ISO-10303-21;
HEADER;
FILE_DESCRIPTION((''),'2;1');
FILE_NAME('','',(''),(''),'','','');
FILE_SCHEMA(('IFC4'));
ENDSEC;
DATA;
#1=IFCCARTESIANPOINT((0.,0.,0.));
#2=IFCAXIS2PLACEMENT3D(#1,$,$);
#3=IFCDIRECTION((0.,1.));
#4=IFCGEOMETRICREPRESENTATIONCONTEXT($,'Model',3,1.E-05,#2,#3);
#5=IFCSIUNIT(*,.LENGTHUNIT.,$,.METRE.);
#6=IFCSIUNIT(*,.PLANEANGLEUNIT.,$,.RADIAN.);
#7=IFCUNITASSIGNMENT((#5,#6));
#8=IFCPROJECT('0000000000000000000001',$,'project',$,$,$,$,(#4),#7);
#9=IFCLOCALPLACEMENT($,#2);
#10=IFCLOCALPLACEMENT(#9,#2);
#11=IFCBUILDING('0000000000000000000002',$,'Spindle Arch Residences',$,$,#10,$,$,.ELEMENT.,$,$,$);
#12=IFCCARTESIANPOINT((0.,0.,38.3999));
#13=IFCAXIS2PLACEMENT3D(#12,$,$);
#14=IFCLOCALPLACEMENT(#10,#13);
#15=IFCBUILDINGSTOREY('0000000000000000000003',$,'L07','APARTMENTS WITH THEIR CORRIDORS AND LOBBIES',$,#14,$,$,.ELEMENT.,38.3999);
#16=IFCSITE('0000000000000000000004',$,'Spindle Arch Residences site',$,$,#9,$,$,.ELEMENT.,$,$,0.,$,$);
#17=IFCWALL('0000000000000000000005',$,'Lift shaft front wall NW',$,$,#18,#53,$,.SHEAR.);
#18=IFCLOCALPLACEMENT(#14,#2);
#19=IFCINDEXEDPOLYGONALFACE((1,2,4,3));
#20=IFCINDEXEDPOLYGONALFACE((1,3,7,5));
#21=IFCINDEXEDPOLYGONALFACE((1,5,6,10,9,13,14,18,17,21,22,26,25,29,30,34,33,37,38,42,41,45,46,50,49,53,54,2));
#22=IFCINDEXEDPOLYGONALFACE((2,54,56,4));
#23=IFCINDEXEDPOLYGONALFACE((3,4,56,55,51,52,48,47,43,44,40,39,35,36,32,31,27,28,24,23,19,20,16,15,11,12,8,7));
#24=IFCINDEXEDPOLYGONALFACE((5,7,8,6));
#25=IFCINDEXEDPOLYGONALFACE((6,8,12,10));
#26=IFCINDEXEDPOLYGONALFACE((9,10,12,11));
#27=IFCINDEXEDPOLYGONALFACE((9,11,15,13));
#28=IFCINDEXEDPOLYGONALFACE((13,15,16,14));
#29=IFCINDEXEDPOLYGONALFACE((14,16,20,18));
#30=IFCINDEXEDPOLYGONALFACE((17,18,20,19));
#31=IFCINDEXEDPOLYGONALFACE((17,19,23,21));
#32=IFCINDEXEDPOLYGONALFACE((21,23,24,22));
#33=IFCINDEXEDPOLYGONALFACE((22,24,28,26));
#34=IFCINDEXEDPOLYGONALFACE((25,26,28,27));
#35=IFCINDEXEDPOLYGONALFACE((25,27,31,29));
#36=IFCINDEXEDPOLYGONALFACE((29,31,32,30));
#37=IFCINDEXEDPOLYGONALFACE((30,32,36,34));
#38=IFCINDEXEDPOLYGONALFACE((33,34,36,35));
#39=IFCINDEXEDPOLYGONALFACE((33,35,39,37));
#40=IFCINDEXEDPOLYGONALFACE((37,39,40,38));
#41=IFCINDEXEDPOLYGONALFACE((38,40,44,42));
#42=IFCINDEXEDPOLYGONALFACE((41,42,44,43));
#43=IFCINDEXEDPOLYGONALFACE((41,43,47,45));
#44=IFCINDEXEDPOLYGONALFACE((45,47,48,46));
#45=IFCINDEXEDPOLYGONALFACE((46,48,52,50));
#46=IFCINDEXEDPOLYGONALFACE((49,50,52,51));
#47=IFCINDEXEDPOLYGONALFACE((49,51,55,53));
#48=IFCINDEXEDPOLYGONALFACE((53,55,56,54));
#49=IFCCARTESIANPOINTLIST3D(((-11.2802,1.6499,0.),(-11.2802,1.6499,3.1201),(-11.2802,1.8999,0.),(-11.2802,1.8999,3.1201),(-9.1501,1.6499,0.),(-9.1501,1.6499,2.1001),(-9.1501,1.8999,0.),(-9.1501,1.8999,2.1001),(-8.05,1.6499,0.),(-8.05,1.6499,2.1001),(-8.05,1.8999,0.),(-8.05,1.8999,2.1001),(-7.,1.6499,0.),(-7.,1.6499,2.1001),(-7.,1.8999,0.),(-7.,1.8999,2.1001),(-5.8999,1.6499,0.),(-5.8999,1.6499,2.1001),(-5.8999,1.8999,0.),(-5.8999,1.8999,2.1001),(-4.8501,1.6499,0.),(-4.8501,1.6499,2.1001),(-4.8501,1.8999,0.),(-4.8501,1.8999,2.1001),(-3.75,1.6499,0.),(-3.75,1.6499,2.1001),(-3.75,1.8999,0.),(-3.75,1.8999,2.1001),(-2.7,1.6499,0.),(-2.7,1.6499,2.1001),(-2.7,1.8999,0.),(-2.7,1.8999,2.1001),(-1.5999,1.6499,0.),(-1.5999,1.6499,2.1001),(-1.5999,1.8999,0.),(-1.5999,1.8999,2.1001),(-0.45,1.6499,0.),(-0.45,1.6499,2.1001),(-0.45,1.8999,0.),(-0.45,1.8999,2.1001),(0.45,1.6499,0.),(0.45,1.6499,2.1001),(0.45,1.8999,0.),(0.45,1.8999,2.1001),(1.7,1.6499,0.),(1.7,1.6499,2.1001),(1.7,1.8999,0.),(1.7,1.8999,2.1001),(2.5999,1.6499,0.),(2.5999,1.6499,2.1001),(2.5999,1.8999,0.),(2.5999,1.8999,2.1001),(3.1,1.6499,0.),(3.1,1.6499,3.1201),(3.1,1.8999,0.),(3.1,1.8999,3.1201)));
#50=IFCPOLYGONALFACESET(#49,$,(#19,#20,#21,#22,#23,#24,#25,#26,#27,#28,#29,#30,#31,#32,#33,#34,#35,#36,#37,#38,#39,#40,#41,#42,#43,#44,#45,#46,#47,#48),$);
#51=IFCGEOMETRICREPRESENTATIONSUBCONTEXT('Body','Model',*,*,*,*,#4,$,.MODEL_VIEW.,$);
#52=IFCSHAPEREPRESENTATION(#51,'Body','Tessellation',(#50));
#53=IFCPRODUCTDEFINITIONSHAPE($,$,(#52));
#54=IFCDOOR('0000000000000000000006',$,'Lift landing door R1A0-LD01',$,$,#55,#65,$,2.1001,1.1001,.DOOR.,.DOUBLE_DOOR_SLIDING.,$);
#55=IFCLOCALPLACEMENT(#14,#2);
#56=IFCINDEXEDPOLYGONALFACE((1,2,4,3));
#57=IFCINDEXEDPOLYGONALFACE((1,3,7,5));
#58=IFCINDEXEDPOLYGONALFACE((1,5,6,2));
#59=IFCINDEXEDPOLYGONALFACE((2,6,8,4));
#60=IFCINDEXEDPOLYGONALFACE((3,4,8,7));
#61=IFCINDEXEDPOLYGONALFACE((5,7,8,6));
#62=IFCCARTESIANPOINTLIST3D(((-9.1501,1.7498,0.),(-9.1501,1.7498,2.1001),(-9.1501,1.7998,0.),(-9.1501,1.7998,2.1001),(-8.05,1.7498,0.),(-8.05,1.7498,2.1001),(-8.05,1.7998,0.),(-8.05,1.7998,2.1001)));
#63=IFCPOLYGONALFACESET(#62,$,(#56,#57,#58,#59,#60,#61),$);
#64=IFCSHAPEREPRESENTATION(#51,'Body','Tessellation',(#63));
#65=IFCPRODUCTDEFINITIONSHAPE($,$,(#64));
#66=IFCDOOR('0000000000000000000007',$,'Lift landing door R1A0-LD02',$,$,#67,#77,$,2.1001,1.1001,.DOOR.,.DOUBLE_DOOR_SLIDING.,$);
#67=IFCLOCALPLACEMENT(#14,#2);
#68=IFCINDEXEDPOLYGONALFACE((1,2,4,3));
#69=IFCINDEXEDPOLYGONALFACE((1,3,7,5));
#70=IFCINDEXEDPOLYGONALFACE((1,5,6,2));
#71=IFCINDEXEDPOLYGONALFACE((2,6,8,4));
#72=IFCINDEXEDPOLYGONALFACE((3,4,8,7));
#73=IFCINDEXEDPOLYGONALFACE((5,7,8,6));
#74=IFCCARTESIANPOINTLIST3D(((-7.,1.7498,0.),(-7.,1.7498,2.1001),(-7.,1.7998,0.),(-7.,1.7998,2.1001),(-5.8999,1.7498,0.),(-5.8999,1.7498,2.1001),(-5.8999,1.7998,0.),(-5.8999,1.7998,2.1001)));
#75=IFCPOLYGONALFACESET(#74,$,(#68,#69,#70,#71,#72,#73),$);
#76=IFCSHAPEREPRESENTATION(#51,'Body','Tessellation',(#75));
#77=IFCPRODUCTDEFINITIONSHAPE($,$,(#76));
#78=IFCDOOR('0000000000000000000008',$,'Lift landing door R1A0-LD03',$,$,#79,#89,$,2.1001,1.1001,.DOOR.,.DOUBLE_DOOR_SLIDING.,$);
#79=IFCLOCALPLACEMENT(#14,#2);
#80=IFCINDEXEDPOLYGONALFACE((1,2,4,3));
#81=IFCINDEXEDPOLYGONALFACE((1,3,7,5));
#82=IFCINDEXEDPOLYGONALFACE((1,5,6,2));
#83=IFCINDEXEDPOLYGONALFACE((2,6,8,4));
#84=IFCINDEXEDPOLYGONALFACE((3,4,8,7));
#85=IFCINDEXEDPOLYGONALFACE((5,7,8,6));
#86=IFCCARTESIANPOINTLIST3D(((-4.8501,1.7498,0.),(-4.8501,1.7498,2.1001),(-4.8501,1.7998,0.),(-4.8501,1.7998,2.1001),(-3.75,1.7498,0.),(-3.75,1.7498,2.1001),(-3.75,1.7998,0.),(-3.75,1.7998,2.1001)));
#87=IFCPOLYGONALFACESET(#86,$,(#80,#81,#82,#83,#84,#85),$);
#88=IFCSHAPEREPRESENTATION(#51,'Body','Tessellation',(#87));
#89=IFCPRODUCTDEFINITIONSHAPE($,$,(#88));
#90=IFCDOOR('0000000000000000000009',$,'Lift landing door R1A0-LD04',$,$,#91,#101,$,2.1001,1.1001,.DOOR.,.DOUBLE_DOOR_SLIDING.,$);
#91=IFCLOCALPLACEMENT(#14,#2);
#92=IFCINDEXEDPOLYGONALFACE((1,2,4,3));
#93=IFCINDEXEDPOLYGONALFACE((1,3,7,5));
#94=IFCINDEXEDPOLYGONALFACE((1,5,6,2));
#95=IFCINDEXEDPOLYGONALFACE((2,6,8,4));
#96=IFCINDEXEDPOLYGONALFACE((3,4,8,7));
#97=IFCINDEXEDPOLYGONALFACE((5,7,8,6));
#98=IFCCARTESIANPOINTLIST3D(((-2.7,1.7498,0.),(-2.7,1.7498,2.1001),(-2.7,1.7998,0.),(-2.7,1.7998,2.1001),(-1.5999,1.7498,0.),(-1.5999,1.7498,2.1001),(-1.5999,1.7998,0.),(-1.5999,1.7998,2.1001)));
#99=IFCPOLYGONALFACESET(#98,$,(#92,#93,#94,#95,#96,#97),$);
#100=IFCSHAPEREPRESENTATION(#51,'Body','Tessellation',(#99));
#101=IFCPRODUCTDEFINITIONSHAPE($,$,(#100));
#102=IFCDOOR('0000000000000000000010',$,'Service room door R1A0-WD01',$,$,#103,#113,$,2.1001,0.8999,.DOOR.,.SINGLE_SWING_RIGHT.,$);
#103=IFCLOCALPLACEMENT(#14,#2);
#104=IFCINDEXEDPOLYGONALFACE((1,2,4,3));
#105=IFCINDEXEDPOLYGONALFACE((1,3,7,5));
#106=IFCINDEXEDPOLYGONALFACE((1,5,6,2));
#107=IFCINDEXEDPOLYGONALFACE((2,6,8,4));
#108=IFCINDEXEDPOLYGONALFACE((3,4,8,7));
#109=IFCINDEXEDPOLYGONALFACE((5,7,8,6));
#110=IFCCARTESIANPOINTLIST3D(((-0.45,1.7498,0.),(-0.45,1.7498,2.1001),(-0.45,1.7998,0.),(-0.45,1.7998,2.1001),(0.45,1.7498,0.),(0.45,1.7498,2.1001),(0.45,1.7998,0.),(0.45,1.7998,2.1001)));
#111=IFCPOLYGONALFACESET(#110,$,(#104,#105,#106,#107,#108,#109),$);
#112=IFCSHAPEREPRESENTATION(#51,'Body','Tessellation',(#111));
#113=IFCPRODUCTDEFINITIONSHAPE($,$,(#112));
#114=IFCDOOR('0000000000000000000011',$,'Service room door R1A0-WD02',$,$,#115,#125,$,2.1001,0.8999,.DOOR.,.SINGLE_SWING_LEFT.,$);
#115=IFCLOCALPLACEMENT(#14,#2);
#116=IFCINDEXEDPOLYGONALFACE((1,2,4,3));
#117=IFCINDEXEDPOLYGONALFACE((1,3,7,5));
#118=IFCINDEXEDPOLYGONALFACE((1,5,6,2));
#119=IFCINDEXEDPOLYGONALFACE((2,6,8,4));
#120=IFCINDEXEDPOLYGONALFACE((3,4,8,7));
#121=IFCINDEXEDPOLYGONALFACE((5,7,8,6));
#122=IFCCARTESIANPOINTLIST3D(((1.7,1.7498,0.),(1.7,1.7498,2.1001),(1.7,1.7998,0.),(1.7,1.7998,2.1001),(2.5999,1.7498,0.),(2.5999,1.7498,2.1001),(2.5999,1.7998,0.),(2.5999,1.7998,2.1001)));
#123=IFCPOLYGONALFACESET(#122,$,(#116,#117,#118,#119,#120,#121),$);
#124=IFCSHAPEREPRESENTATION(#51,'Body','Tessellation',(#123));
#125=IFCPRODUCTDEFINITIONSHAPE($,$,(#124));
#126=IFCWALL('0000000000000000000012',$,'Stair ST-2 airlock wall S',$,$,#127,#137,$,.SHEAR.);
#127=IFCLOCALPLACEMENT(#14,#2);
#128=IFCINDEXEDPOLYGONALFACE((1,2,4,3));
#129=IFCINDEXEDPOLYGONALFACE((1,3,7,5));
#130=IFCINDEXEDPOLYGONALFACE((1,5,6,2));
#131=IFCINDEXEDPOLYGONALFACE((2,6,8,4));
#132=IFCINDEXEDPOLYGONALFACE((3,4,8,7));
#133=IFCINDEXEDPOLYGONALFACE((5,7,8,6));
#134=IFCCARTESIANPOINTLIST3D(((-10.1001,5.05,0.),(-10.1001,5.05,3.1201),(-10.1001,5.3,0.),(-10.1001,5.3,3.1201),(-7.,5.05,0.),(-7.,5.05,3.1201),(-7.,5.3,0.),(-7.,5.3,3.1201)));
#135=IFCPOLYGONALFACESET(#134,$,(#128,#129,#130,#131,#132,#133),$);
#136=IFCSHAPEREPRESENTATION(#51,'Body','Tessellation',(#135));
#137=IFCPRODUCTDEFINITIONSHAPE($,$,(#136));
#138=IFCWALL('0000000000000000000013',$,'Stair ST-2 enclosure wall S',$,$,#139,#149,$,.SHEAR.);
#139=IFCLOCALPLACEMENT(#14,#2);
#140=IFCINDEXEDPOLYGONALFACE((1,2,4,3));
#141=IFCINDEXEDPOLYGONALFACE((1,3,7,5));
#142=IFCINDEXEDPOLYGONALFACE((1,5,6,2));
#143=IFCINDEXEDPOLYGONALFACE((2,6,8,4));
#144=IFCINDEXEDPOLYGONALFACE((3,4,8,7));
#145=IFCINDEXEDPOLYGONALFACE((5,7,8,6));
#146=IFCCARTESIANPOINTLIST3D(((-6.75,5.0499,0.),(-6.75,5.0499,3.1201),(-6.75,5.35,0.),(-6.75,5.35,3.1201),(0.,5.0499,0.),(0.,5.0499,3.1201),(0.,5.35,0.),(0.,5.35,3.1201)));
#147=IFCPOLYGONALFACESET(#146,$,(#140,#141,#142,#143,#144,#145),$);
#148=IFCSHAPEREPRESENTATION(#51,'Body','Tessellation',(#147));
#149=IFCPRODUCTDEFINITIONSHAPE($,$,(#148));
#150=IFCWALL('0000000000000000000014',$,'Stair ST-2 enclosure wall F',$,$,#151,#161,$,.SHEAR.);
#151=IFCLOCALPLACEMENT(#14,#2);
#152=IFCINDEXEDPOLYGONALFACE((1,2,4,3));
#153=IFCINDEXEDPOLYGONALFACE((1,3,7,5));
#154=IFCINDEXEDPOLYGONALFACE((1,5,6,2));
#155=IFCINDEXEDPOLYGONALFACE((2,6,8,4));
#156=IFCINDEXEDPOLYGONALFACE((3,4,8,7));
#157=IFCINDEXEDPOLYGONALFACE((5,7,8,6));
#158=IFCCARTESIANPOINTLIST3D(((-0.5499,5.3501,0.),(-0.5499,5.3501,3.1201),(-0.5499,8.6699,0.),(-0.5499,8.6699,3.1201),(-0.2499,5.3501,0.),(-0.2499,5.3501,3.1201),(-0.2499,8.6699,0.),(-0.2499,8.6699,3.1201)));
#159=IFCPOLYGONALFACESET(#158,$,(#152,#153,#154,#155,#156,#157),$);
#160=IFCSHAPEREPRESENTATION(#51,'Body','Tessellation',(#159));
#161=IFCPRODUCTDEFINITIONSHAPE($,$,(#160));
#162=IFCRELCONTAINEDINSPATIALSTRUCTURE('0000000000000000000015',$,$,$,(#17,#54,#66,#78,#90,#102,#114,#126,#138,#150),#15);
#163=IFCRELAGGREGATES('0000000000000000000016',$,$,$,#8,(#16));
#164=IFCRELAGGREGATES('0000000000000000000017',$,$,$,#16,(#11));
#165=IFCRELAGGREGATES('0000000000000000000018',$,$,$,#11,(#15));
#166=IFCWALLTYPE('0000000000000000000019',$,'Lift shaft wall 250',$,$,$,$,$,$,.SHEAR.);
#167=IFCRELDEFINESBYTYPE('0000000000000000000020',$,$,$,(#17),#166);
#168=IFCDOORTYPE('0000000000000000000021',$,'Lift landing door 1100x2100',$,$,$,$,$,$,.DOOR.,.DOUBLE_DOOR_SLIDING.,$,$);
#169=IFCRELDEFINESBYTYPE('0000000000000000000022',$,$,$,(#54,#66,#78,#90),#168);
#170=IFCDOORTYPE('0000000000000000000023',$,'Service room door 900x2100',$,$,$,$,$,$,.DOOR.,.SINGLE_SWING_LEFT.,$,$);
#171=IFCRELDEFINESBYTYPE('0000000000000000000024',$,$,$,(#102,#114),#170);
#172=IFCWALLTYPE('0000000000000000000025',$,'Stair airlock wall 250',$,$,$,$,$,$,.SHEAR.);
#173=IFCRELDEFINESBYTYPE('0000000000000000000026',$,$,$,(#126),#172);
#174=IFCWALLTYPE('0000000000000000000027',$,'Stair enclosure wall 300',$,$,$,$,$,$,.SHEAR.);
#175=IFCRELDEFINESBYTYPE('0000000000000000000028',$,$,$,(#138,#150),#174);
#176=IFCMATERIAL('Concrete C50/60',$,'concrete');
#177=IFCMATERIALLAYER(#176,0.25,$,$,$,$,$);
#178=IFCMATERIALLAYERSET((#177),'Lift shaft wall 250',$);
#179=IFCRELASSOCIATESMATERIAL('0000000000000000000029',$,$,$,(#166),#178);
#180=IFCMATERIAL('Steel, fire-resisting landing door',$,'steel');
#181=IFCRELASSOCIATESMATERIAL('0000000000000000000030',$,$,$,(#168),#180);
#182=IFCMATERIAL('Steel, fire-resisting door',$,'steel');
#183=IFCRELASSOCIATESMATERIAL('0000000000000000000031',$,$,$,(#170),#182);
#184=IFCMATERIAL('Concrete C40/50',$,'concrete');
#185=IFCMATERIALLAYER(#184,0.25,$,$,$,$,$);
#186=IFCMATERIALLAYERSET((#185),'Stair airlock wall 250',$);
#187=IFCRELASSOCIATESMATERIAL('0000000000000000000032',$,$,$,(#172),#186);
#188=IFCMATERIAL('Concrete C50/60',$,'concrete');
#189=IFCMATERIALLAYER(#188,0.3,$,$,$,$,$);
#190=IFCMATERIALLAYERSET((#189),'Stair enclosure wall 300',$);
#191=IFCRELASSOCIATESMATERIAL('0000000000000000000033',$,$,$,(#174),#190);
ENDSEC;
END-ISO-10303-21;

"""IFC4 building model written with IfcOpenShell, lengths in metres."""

from ifc_helpers import new_model, si_unit, direction, frame, frame_2d, origin, place, context, subcontext, project, spatial, rectangle, extrude, material, layer, layer_set, type_object, element, fill, save


model = new_model("IFC4")

# Units and contexts
model_context = context("Model", 3, precision=1e-05, world=origin(), true_north=direction((0.0, 1.0)))
body_context = subcontext(model_context, "Body", "Model", "MODEL_VIEW")
ifc_project = project(units=[si_unit("LENGTHUNIT", "METRE"), si_unit("PLANEANGLEUNIT", "RADIAN")], contexts=[model_context])

# Site, building, storey
site_placement = place(None, origin())
site = spatial("IfcSite", under=ifc_project, at=site_placement, Name="Spindle Arch Residences site", CompositionType="ELEMENT", RefElevation=0.0)
building_placement = place(site_placement, origin())
building = spatial("IfcBuilding", under=site, at=building_placement, Name="Spindle Arch Residences", CompositionType="ELEMENT")
storey_placement = place(building_placement, frame((0.0, 0.0, 38.3999)))
storey = spatial("IfcBuildingStorey", under=building, at=storey_placement, Name="L07", Description="APARTMENTS WITH THEIR CORRIDORS AND LOBBIES", CompositionType="ELEMENT", Elevation=38.3999)

# Wall, openings, doors
ifc_material_1 = material(Name="Concrete C50/60", Category="concrete")
ifc_layer_1 = layer(ifc_material_1, 0.25)
ifc_layer_set_1 = layer_set([ifc_layer_1], Name="Lift shaft wall 250")
wall_type_1 = type_object("IfcWallType", Name="Lift shaft wall 250", PredefinedType="SHEAR", material=ifc_layer_set_1)
wall_1_placement = place(storey_placement, frame((-11.28, 1.7749, 0.0), z_axis=(0.0, 0.0, 1.0), x_axis=(1.0, 0.0, 0.0)))
wall_1 = element("IfcWall", 1, at=wall_1_placement, inside=storey, type_object=wall_type_1, Name="Lift shaft front wall NW", PredefinedType="SHEAR", context=body_context, shape_type="SweptSolid", body=[
    extrude(rectangle(XDim=14.3801, YDim=0.25, at=frame_2d((7.1899, 0.0))), origin(), (0.0, 0.0, 1.0), 3.1201),
])
opening_1_placement = place(wall_1_placement, frame((2.1299, 0.0, 0.0)))
opening_1 = element("IfcOpeningElement", 2, at=opening_1_placement, cuts=wall_1, PredefinedType="OPENING", context=body_context, shape_type="SweptSolid", body=[
    extrude(rectangle(XDim=1.1001, YDim=2.1001, at=frame_2d((0.55, 1.05))), frame((0.0, 0.135, 0.0), z_axis=(0.0, -1.0, 0.0), x_axis=(1.0, 0.0, 0.0)), (0.0, 0.0, 1.0), 0.27),
])
opening_2_placement = place(wall_1_placement, frame((4.28, 0.0, 0.0)))
opening_2 = element("IfcOpeningElement", 3, at=opening_2_placement, cuts=wall_1, PredefinedType="OPENING", context=body_context, shape_type="SweptSolid", body=[
    extrude(rectangle(XDim=1.1001, YDim=2.1001, at=frame_2d((0.55, 1.05))), frame((0.0, 0.135, 0.0), z_axis=(0.0, -1.0, 0.0), x_axis=(1.0, 0.0, 0.0)), (0.0, 0.0, 1.0), 0.27),
])
opening_3_placement = place(wall_1_placement, frame((6.4299, 0.0, 0.0)))
opening_3 = element("IfcOpeningElement", 4, at=opening_3_placement, cuts=wall_1, PredefinedType="OPENING", context=body_context, shape_type="SweptSolid", body=[
    extrude(rectangle(XDim=1.1001, YDim=2.1001, at=frame_2d((0.55, 1.05))), frame((0.0, 0.135, 0.0), z_axis=(0.0, -1.0, 0.0), x_axis=(1.0, 0.0, 0.0)), (0.0, 0.0, 1.0), 0.27),
])
opening_4_placement = place(wall_1_placement, frame((8.5801, 0.0, 0.0)))
opening_4 = element("IfcOpeningElement", 5, at=opening_4_placement, cuts=wall_1, PredefinedType="OPENING", context=body_context, shape_type="SweptSolid", body=[
    extrude(rectangle(XDim=1.1001, YDim=2.1001, at=frame_2d((0.55, 1.05))), frame((0.0, 0.135, 0.0), z_axis=(0.0, -1.0, 0.0), x_axis=(1.0, 0.0, 0.0)), (0.0, 0.0, 1.0), 0.27),
])
opening_5_placement = place(wall_1_placement, frame((10.8301, 0.0, 0.0)))
opening_5 = element("IfcOpeningElement", 6, at=opening_5_placement, cuts=wall_1, PredefinedType="OPENING", context=body_context, shape_type="SweptSolid", body=[
    extrude(rectangle(XDim=0.8999, YDim=2.1001, at=frame_2d((0.45, 1.05))), frame((0.0, 0.135, 0.0), z_axis=(0.0, -1.0, 0.0), x_axis=(1.0, 0.0, 0.0)), (0.0, 0.0, 1.0), 0.27),
])
opening_6_placement = place(wall_1_placement, frame((12.98, 0.0, 0.0)))
opening_6 = element("IfcOpeningElement", 7, at=opening_6_placement, cuts=wall_1, PredefinedType="OPENING", context=body_context, shape_type="SweptSolid", body=[
    extrude(rectangle(XDim=0.8999, YDim=2.1001, at=frame_2d((0.45, 1.05))), frame((0.0, 0.135, 0.0), z_axis=(0.0, -1.0, 0.0), x_axis=(1.0, 0.0, 0.0)), (0.0, 0.0, 1.0), 0.27),
])
ifc_material_2 = material(Name="Steel, fire-resisting landing door", Category="steel")
door_type_1 = type_object("IfcDoorType", Name="Lift landing door 1100x2100", OperationType="DOUBLE_DOOR_SLIDING", PredefinedType="DOOR", material=ifc_material_2)
door_1_placement = place(opening_1_placement, origin())
door_1 = element("IfcDoor", 8, at=door_1_placement, inside=storey, type_object=door_type_1, Name="Lift landing door R1A0-LD01", OperationType="DOUBLE_DOOR_SLIDING", OverallHeight=2.1001, OverallWidth=1.1001, PredefinedType="DOOR", context=body_context, shape_type="SweptSolid", body=[
    extrude(rectangle(XDim=1.1001, YDim=2.1001, at=frame_2d((0.55, 1.05))), frame((0.0, 0.0249, 0.0), z_axis=(0.0, -1.0, 0.0), x_axis=(1.0, 0.0, 0.0)), (0.0, 0.0, 1.0), 0.05),
])
fill(opening_1, door_1)
door_2_placement = place(opening_2_placement, origin())
door_2 = element("IfcDoor", 9, at=door_2_placement, inside=storey, type_object=door_type_1, Name="Lift landing door R1A0-LD02", OperationType="DOUBLE_DOOR_SLIDING", OverallHeight=2.1001, OverallWidth=1.1001, PredefinedType="DOOR", context=body_context, shape_type="SweptSolid", body=[
    extrude(rectangle(XDim=1.1001, YDim=2.1001, at=frame_2d((0.55, 1.05))), frame((0.0, 0.0249, 0.0), z_axis=(0.0, -1.0, 0.0), x_axis=(1.0, 0.0, 0.0)), (0.0, 0.0, 1.0), 0.05),
])
fill(opening_2, door_2)
door_3_placement = place(opening_3_placement, origin())
door_3 = element("IfcDoor", 10, at=door_3_placement, inside=storey, type_object=door_type_1, Name="Lift landing door R1A0-LD03", OperationType="DOUBLE_DOOR_SLIDING", OverallHeight=2.1001, OverallWidth=1.1001, PredefinedType="DOOR", context=body_context, shape_type="SweptSolid", body=[
    extrude(rectangle(XDim=1.1001, YDim=2.1001, at=frame_2d((0.55, 1.05))), frame((0.0, 0.0249, 0.0), z_axis=(0.0, -1.0, 0.0), x_axis=(1.0, 0.0, 0.0)), (0.0, 0.0, 1.0), 0.05),
])
fill(opening_3, door_3)
door_4_placement = place(opening_4_placement, origin())
door_4 = element("IfcDoor", 11, at=door_4_placement, inside=storey, type_object=door_type_1, Name="Lift landing door R1A0-LD04", OperationType="DOUBLE_DOOR_SLIDING", OverallHeight=2.1001, OverallWidth=1.1001, PredefinedType="DOOR", context=body_context, shape_type="SweptSolid", body=[
    extrude(rectangle(XDim=1.1001, YDim=2.1001, at=frame_2d((0.55, 1.05))), frame((0.0, 0.0249, 0.0), z_axis=(0.0, -1.0, 0.0), x_axis=(1.0, 0.0, 0.0)), (0.0, 0.0, 1.0), 0.05),
])
fill(opening_4, door_4)
ifc_material_3 = material(Name="Steel, fire-resisting door", Category="steel")
door_type_2 = type_object("IfcDoorType", Name="Service room door 900x2100", OperationType="SINGLE_SWING_LEFT", PredefinedType="DOOR", material=ifc_material_3)
door_5_placement = place(opening_5_placement, origin())
door_5 = element("IfcDoor", 12, at=door_5_placement, inside=storey, type_object=door_type_2, Name="Service room door R1A0-WD01", OperationType="SINGLE_SWING_RIGHT", OverallHeight=2.1001, OverallWidth=0.8999, PredefinedType="DOOR", context=body_context, shape_type="SweptSolid", body=[
    extrude(rectangle(XDim=0.8999, YDim=2.1001, at=frame_2d((0.45, 1.05))), frame((0.0, 0.0249, 0.0), z_axis=(0.0, -1.0, 0.0), x_axis=(1.0, 0.0, 0.0)), (0.0, 0.0, 1.0), 0.05),
])
fill(opening_5, door_5)
door_6_placement = place(opening_6_placement, origin())
door_6 = element("IfcDoor", 13, at=door_6_placement, inside=storey, type_object=door_type_2, Name="Service room door R1A0-WD02", OperationType="SINGLE_SWING_LEFT", OverallHeight=2.1001, OverallWidth=0.8999, PredefinedType="DOOR", context=body_context, shape_type="SweptSolid", body=[
    extrude(rectangle(XDim=0.8999, YDim=2.1001, at=frame_2d((0.45, 1.05))), frame((0.0, 0.0249, 0.0), z_axis=(0.0, -1.0, 0.0), x_axis=(1.0, 0.0, 0.0)), (0.0, 0.0, 1.0), 0.05),
])
fill(opening_6, door_6)

# Walls
ifc_material_4 = material(Name="Concrete C40/50", Category="concrete")
ifc_layer_2 = layer(ifc_material_4, 0.25)
ifc_layer_set_2 = layer_set([ifc_layer_2], Name="Stair airlock wall 250")
wall_type_2 = type_object("IfcWallType", Name="Stair airlock wall 250", PredefinedType="SHEAR", material=ifc_layer_set_2)
wall_2_placement = place(storey_placement, frame((-7.0, 5.175, 0.0), z_axis=(0.0, 0.0, 1.0), x_axis=(-1.0, 0.0, 0.0)))
element("IfcWall", 14, at=wall_2_placement, inside=storey, type_object=wall_type_2, Name="Stair ST-2 airlock wall S", PredefinedType="SHEAR", context=body_context, shape_type="SweptSolid", body=[
    extrude(rectangle(XDim=3.1001, YDim=0.25, at=frame_2d((1.55, 0.0))), origin(), (0.0, 0.0, 1.0), 3.1201),
])
ifc_material_5 = material(Name="Concrete C50/60", Category="concrete")
ifc_layer_3 = layer(ifc_material_5, 0.3)
ifc_layer_set_3 = layer_set([ifc_layer_3], Name="Stair enclosure wall 300")
wall_type_3 = type_object("IfcWallType", Name="Stair enclosure wall 300", PredefinedType="SHEAR", material=ifc_layer_set_3)
wall_3_placement = place(storey_placement, frame((-6.75, 5.2, 0.0), z_axis=(0.0, 0.0, 1.0), x_axis=(1.0, 0.0, 0.0)))
element("IfcWall", 15, at=wall_3_placement, inside=storey, type_object=wall_type_3, Name="Stair ST-2 enclosure wall S", PredefinedType="SHEAR", context=body_context, shape_type="SweptSolid", body=[
    extrude(rectangle(XDim=6.75, YDim=0.3, at=frame_2d((3.375, 0.0))), origin(), (0.0, 0.0, 1.0), 3.1201),
])
wall_4_placement = place(storey_placement, frame((-0.3999, 5.3501, 0.0), z_axis=(0.0, 0.0, 1.0), x_axis=(0.0, 1.0, 0.0)))
element("IfcWall", 16, at=wall_4_placement, inside=storey, type_object=wall_type_3, Name="Stair ST-2 enclosure wall F", PredefinedType="SHEAR", context=body_context, shape_type="SweptSolid", body=[
    extrude(rectangle(XDim=3.3198, YDim=0.3, at=frame_2d((1.6599, 0.0))), origin(), (0.0, 0.0, 1.0), 3.1201),
])

save(model, "model.ifc")
